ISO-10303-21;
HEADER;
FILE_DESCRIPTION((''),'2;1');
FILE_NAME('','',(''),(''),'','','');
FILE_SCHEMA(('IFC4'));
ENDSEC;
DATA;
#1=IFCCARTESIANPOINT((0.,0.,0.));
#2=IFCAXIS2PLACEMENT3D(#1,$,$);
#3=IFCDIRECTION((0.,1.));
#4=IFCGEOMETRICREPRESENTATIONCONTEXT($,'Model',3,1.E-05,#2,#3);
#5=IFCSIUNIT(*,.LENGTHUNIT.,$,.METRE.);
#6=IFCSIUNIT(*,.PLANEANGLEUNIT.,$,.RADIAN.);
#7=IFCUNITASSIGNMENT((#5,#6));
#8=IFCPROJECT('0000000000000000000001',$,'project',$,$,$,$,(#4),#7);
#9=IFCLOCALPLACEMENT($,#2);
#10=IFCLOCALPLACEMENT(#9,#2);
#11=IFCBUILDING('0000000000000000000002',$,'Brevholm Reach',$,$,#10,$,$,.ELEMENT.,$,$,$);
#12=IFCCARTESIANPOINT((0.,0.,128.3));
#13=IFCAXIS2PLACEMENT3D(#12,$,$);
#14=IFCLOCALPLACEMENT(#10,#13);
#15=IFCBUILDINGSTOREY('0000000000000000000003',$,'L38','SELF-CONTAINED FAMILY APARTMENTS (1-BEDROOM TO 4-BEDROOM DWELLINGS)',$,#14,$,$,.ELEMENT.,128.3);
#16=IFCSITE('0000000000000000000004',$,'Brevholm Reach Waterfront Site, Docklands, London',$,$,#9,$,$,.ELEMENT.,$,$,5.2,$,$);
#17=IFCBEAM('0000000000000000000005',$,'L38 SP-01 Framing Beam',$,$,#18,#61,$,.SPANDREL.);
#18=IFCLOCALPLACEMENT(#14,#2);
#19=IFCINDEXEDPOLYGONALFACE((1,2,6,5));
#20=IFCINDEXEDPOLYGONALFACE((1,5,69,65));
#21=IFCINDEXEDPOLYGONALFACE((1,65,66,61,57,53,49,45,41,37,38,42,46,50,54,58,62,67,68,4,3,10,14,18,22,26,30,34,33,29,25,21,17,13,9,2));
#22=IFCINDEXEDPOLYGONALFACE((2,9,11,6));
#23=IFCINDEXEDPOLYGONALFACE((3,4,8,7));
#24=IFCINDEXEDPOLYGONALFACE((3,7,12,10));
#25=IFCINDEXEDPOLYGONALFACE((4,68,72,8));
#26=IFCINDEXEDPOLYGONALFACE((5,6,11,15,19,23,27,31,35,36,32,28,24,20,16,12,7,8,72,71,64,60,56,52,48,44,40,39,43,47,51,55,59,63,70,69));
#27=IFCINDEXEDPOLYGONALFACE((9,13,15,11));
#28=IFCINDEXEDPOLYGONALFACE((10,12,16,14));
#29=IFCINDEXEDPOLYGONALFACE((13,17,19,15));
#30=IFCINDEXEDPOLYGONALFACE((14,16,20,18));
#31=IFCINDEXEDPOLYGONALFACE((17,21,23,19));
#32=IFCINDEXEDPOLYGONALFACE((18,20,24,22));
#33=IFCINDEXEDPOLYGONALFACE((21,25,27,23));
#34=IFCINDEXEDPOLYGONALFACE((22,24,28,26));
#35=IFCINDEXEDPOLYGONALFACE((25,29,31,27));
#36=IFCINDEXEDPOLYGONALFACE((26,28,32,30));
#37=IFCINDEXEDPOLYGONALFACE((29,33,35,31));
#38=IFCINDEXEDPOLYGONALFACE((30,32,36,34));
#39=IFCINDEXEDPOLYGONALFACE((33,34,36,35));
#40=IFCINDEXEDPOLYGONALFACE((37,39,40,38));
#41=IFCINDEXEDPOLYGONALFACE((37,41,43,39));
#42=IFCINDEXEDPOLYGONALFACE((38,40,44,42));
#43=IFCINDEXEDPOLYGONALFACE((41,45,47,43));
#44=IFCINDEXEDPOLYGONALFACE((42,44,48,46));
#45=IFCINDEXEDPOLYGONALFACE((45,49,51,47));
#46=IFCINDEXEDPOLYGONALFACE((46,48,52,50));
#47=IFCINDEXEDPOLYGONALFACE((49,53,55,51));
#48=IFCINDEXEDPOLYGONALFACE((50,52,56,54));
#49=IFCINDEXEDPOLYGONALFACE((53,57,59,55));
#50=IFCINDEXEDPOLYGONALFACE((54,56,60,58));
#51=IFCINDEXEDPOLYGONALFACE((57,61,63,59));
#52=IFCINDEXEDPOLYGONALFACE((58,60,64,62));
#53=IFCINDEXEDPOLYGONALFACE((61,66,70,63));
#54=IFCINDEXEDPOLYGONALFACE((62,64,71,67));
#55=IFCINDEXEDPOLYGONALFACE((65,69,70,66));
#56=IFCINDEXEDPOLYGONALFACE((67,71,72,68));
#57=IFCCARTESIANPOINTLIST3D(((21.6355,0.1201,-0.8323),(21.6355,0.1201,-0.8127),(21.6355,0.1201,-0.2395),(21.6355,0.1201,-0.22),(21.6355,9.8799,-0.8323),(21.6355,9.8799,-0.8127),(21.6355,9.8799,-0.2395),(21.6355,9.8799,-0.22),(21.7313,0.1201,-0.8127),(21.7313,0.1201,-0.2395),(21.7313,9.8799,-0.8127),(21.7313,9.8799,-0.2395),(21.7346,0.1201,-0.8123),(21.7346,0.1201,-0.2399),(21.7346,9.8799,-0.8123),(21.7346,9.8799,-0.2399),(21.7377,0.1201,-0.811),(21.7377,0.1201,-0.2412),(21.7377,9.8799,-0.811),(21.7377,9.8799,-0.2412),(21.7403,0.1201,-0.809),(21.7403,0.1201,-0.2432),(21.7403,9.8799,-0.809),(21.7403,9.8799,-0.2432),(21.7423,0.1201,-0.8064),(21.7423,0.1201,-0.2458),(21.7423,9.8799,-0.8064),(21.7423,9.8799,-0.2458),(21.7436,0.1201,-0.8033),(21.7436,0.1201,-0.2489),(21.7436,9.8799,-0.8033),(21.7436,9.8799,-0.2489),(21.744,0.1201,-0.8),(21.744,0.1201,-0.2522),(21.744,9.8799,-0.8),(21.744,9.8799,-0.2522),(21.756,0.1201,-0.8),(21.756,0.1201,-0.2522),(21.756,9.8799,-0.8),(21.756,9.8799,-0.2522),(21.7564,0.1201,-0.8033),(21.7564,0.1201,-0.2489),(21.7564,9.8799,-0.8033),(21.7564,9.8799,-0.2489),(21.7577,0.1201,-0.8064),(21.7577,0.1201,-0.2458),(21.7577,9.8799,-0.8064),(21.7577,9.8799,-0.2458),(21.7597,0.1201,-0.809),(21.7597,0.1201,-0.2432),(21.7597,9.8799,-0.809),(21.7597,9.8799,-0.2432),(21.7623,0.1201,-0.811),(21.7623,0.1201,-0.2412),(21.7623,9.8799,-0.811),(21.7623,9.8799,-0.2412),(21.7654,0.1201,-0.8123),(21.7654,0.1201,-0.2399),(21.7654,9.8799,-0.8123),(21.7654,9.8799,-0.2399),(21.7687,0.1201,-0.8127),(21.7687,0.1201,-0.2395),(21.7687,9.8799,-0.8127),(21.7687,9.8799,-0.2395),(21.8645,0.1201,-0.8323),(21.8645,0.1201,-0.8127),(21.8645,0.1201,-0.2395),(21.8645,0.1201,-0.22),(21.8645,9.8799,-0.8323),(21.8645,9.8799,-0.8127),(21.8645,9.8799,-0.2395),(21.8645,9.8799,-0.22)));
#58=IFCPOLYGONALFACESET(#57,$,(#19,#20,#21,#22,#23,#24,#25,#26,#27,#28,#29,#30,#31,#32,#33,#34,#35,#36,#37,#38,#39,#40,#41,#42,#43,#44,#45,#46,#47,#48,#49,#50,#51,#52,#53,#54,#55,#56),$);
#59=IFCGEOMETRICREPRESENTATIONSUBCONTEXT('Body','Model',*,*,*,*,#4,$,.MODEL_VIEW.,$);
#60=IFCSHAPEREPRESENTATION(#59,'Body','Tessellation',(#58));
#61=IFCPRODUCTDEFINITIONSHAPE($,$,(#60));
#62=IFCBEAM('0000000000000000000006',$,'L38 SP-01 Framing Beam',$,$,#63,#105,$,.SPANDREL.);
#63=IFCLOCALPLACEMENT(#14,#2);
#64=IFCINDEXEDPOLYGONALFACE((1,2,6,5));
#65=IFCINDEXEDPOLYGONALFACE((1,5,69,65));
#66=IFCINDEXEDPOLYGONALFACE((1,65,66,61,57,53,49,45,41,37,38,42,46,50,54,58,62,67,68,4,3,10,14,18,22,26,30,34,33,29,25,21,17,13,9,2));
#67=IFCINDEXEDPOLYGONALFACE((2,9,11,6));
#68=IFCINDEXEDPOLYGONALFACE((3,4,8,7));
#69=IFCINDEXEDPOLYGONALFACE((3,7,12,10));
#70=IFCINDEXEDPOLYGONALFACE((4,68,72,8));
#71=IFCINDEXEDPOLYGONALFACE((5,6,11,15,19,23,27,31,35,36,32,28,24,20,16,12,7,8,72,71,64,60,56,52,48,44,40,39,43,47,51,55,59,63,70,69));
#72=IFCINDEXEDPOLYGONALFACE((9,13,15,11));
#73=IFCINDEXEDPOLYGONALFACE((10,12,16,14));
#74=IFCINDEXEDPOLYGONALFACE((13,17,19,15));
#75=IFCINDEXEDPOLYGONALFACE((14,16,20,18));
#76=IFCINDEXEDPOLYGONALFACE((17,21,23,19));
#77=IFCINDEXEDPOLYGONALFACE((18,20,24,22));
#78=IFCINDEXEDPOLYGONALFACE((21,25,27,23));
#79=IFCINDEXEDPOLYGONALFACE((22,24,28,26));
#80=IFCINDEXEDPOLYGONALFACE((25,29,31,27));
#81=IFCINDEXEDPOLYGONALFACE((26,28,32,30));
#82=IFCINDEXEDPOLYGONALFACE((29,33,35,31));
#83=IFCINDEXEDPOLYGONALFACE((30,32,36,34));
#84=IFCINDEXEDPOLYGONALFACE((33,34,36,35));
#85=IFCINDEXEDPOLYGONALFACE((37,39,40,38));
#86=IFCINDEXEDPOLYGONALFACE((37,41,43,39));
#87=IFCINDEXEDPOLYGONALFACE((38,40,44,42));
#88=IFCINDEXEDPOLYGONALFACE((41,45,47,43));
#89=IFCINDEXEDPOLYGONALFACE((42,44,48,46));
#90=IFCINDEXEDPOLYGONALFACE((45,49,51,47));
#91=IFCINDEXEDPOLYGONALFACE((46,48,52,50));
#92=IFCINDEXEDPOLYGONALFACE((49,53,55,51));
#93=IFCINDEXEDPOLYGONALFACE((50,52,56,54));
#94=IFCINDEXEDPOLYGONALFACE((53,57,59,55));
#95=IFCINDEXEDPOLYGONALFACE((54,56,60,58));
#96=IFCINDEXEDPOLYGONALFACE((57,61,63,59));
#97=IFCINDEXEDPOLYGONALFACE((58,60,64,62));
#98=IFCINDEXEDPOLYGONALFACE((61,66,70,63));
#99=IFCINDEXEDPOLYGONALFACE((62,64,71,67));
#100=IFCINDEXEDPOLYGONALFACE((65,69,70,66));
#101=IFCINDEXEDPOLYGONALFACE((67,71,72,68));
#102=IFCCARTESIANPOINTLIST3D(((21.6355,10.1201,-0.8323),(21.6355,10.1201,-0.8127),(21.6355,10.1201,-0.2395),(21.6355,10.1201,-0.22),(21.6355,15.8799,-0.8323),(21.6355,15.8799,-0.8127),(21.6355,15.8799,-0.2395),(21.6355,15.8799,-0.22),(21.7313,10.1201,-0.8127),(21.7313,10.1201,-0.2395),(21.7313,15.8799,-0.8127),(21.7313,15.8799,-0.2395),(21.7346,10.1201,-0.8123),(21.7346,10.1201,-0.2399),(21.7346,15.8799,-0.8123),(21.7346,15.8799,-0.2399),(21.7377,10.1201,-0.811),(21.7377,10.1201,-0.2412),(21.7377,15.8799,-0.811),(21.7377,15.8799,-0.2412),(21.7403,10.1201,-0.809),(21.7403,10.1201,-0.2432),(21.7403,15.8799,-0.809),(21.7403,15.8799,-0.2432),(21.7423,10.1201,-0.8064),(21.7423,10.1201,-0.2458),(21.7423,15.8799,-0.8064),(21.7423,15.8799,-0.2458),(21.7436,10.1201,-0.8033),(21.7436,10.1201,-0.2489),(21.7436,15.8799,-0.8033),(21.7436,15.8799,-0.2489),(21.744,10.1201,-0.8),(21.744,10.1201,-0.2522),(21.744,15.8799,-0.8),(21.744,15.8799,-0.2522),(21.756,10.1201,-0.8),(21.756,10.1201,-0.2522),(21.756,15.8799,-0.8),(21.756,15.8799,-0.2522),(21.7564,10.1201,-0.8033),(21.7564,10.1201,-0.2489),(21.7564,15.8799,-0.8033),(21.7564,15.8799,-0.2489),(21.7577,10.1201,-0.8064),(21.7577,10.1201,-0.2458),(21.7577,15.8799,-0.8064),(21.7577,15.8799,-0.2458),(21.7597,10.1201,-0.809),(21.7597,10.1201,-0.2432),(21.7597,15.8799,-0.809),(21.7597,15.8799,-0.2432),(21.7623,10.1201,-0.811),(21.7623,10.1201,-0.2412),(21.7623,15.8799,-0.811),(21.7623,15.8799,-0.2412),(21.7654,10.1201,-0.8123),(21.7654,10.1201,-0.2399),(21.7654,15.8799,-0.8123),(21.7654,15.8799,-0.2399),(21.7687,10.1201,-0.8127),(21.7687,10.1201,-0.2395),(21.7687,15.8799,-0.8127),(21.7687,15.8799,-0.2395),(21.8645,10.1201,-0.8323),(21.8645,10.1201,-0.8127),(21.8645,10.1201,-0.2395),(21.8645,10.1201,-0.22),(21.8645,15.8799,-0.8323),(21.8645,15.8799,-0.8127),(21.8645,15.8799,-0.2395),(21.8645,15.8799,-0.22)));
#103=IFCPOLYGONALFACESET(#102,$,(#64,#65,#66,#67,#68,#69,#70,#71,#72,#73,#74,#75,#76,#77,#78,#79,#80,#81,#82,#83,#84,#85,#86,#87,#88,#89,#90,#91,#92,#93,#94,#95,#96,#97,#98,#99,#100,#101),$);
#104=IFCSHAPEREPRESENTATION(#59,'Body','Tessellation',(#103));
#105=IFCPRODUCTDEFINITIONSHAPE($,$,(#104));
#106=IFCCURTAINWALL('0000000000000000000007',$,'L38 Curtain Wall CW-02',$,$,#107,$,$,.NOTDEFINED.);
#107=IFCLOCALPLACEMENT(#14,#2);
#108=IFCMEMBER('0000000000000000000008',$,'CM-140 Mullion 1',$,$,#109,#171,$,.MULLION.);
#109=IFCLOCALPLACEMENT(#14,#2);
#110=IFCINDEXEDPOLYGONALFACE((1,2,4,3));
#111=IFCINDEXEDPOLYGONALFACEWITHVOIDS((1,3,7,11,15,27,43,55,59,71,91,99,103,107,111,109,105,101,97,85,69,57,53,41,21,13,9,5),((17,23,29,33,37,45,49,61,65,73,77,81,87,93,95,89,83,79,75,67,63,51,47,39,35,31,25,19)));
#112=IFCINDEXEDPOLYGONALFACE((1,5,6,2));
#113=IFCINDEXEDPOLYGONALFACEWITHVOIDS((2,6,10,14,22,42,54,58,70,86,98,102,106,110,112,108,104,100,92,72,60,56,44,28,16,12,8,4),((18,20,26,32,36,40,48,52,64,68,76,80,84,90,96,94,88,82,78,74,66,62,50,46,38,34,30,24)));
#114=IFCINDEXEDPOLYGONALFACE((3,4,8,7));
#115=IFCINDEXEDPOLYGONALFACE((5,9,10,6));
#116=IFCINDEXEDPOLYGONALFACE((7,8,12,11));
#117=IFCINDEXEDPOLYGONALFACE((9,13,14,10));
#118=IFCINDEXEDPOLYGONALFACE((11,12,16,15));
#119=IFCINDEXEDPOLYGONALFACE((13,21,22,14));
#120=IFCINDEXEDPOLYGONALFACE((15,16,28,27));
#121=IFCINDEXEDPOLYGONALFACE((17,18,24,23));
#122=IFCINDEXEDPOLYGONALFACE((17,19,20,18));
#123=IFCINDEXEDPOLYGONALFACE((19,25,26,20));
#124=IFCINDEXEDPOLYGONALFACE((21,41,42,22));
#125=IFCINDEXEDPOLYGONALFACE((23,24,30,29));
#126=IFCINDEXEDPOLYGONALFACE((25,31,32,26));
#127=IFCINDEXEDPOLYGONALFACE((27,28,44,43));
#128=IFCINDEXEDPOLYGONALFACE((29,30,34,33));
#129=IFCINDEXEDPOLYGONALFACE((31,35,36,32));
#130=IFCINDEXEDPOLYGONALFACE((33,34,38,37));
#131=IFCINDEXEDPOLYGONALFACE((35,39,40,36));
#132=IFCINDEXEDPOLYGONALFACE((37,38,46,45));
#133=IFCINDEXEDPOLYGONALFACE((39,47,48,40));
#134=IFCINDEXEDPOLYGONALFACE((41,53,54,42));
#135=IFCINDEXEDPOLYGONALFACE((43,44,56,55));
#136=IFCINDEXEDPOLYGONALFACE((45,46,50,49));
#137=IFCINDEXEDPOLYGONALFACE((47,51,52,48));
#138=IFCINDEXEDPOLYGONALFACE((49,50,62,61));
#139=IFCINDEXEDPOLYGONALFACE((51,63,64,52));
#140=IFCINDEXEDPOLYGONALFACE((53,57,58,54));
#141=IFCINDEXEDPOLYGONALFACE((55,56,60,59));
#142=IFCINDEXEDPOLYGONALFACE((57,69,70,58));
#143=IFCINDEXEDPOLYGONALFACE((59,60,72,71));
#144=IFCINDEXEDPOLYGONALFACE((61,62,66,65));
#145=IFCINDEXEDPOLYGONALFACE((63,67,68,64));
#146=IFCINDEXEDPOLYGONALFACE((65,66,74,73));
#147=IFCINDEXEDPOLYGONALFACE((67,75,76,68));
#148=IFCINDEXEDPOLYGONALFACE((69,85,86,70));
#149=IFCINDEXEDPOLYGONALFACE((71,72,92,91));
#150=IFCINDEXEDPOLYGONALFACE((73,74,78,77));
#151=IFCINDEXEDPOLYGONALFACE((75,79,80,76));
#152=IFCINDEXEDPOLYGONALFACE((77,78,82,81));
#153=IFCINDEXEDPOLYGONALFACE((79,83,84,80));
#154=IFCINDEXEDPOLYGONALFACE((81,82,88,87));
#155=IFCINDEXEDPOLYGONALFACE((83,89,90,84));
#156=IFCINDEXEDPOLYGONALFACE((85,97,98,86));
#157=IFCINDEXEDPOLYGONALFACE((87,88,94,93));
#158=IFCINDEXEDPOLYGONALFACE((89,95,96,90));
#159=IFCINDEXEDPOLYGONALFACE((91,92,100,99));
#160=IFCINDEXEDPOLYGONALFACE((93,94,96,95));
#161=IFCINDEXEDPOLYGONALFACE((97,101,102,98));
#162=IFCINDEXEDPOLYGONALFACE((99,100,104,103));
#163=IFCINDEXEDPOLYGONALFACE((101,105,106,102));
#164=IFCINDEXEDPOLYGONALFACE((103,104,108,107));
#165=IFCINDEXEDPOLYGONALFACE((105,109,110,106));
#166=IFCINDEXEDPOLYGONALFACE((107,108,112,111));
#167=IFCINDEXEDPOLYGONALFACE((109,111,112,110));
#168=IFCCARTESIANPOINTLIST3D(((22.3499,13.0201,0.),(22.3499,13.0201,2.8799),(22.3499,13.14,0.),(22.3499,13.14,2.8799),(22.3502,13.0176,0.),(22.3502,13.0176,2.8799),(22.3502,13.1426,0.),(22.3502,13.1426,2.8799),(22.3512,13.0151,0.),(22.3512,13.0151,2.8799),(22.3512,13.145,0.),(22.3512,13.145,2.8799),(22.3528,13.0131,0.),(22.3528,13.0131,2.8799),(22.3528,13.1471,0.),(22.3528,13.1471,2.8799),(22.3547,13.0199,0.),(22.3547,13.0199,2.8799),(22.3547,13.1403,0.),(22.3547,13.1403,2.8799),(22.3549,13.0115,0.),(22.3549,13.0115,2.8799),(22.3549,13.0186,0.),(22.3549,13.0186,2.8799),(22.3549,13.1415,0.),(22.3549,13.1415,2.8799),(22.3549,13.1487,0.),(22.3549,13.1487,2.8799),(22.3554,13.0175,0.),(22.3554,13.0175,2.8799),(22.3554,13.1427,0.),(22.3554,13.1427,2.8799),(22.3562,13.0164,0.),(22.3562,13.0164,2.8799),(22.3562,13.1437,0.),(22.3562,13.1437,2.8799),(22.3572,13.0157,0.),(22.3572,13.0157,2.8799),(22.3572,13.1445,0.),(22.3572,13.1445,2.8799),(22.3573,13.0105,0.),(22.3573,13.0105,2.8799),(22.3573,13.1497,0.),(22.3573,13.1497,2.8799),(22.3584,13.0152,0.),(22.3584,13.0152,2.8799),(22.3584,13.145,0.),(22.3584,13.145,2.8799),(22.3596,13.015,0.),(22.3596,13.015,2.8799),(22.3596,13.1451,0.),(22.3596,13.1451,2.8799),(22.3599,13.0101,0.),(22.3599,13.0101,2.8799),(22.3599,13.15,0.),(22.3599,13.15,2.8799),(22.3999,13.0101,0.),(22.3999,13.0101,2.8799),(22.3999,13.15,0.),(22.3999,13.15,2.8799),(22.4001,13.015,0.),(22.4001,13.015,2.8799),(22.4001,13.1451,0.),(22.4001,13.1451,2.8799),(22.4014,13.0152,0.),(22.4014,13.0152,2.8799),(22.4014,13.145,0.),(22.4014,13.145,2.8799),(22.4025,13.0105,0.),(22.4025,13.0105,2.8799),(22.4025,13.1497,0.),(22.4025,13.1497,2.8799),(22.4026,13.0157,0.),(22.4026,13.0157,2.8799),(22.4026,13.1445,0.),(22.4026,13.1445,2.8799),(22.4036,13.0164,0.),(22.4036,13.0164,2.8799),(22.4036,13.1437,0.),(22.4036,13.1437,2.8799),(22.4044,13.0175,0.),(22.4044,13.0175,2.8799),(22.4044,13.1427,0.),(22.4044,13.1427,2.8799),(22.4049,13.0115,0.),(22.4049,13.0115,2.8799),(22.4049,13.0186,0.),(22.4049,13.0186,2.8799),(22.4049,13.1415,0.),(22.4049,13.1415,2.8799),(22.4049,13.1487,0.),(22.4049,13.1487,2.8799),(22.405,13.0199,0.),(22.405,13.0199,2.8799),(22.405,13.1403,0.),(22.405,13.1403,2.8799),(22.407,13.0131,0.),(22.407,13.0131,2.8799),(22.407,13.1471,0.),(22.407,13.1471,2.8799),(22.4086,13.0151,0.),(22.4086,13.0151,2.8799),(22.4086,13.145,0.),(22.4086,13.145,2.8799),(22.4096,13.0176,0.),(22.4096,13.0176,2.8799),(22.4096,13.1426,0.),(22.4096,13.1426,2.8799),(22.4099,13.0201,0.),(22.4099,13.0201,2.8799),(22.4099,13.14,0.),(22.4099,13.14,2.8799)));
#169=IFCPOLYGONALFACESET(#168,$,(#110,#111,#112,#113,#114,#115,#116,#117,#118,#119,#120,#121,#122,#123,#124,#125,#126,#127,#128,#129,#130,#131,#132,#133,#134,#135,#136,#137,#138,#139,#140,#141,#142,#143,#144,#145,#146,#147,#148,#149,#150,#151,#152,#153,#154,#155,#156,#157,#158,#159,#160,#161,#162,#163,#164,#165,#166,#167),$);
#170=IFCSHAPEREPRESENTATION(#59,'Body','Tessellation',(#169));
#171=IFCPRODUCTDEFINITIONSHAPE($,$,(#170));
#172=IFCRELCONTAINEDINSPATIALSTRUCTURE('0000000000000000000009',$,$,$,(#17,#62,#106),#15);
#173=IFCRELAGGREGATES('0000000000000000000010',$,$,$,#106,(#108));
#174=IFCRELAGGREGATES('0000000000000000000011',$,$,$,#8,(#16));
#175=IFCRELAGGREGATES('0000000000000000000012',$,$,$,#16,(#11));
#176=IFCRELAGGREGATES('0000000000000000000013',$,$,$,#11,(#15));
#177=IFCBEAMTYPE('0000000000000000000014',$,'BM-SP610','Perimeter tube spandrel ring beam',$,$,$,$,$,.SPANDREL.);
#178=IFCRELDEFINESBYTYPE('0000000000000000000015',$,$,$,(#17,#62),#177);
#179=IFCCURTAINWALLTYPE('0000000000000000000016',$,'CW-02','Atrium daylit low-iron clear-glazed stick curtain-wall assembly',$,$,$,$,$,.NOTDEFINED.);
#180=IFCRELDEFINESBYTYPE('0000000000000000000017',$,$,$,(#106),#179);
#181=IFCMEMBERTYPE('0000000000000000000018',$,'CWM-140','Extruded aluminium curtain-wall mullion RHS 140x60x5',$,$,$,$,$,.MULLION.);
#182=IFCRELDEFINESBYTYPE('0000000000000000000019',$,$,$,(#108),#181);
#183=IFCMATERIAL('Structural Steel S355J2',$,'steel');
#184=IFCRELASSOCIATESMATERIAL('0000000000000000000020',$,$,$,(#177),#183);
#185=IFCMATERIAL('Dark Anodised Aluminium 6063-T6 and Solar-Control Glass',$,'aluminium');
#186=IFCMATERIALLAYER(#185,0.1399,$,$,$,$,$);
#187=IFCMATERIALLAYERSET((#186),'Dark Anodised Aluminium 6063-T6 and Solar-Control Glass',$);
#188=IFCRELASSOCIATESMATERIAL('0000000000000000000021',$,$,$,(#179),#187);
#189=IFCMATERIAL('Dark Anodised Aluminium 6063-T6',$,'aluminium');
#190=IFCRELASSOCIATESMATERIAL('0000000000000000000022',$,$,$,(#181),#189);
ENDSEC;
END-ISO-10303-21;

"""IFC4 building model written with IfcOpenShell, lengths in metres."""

from ifc_helpers import new_model, si_unit, direction, frame, origin, origin_2d, place, context, subcontext, project, spatial, hollow_rectangle, i_section, extrude, material, layer, layer_set, material_profile, profile_set, type_object, element, aggregate, save


model = new_model("IFC4")

# Units and contexts
model_context = context("Model", 3, precision=1e-05, world=origin(), true_north=direction((0.0, 1.0)))
body_context = subcontext(model_context, "Body", "Model", "MODEL_VIEW")
ifc_project = project(units=[si_unit("LENGTHUNIT", "METRE"), si_unit("PLANEANGLEUNIT", "RADIAN")], contexts=[model_context])

# Site, building, storey
site_placement = place(None, origin())
site = spatial("IfcSite", under=ifc_project, at=site_placement, Name="Brevholm Reach Waterfront Site, Docklands, London", CompositionType="ELEMENT", RefElevation=5.2)
building_placement = place(site_placement, origin())
building = spatial("IfcBuilding", under=site, at=building_placement, Name="Brevholm Reach", CompositionType="ELEMENT")
storey_placement = place(building_placement, frame((0.0, 0.0, 128.3)))
storey = spatial("IfcBuildingStorey", under=building, at=storey_placement, Name="L38", Description="SELF-CONTAINED FAMILY APARTMENTS (1-BEDROOM TO 4-BEDROOM DWELLINGS)", CompositionType="ELEMENT", Elevation=128.3)

# Beams
ifc_material_1 = material(Name="Structural Steel S355J2", Category="steel")
ifc_material_profile_1 = material_profile(ifc_material_1, i_section(OverallWidth=0.229, OverallDepth=0.6123, WebThickness=0.012, FlangeThickness=0.0195, FilletRadius=0.0127, at=origin_2d()), Name="UKB 610x229x125")
ifc_profile_set_1 = profile_set([ifc_material_profile_1], Name="Structural Steel S355J2")
beam_type_1 = type_object("IfcBeamType", Name="BM-SP610", Description="Perimeter tube spandrel ring beam", PredefinedType="SPANDREL", material=ifc_profile_set_1)
beam_1_placement = place(storey_placement, frame((21.75, 0.1201, -0.5261), z_axis=(0.0, 1.0, 0.0), x_axis=(-1.0, 0.0, 0.0)))
element("IfcBeam", 1, at=beam_1_placement, inside=storey, type_object=beam_type_1, Name="L38 SP-01 Framing Beam", PredefinedType="SPANDREL", context=body_context, shape_type="SweptSolid", body=[
    extrude(i_section(OverallWidth=0.229, OverallDepth=0.6123, WebThickness=0.012, FlangeThickness=0.0195, FilletRadius=0.0127, at=origin_2d()), origin(), (0.0, 0.0, 1.0), 9.7598),
])
beam_2_placement = place(storey_placement, frame((21.75, 10.1201, -0.5261), z_axis=(0.0, 1.0, 0.0), x_axis=(-1.0, 0.0, 0.0)))
element("IfcBeam", 2, at=beam_2_placement, inside=storey, type_object=beam_type_1, Name="L38 SP-01 Framing Beam", PredefinedType="SPANDREL", context=body_context, shape_type="SweptSolid", body=[
    extrude(i_section(OverallWidth=0.229, OverallDepth=0.6123, WebThickness=0.012, FlangeThickness=0.0195, FilletRadius=0.0127, at=origin_2d()), origin(), (0.0, 0.0, 1.0), 5.7598),
])

# Curtain wall, member
ifc_material_2 = material(Name="Dark Anodised Aluminium 6063-T6 and Solar-Control Glass", Category="aluminium")
ifc_layer_1 = layer(ifc_material_2, 0.1399)
ifc_layer_set_1 = layer_set([ifc_layer_1], Name="Dark Anodised Aluminium 6063-T6 and Solar-Control Glass")
curtain_wall_type = type_object("IfcCurtainWallType", Name="CW-02", Description="Atrium daylit low-iron clear-glazed stick curtain-wall assembly", PredefinedType="NOTDEFINED", material=ifc_layer_set_1)
curtain_wall_placement = place(storey_placement, origin())
curtain_wall = element("IfcCurtainWall", 3, at=curtain_wall_placement, inside=storey, type_object=curtain_wall_type, Name="L38 Curtain Wall CW-02", PredefinedType="NOTDEFINED")
ifc_material_3 = material(Name="Dark Anodised Aluminium 6063-T6", Category="aluminium")
ifc_material_profile_2 = material_profile(ifc_material_3, hollow_rectangle(XDim=0.0601, YDim=0.1399, WallThickness=0.0049, InnerFilletRadius=0.0049, OuterFilletRadius=0.01, at=origin_2d()), Name="RHS 140x60x5")
ifc_profile_set_2 = profile_set([ifc_material_profile_2], Name="Dark Anodised Aluminium 6063-T6")
member_type_1 = type_object("IfcMemberType", Name="CWM-140", Description="Extruded aluminium curtain-wall mullion RHS 140x60x5", PredefinedType="MULLION", material=ifc_profile_set_2)
member_1_placement = place(storey_placement, frame((22.3799, 13.0801, 0.0), z_axis=(0.0, 0.0, 1.0), x_axis=(1.0, 0.0, 0.0)))
member_1 = element("IfcMember", 4, at=member_1_placement, type_object=member_type_1, Name="CM-140 Mullion 1", PredefinedType="MULLION", context=body_context, shape_type="SweptSolid", body=[
    extrude(hollow_rectangle(XDim=0.0601, YDim=0.1399, WallThickness=0.0049, InnerFilletRadius=0.0049, OuterFilletRadius=0.01, at=origin_2d()), origin(), (0.0, 0.0, 1.0), 2.8799),
])
aggregate(curtain_wall, [member_1])

save(model, "model.ifc")
